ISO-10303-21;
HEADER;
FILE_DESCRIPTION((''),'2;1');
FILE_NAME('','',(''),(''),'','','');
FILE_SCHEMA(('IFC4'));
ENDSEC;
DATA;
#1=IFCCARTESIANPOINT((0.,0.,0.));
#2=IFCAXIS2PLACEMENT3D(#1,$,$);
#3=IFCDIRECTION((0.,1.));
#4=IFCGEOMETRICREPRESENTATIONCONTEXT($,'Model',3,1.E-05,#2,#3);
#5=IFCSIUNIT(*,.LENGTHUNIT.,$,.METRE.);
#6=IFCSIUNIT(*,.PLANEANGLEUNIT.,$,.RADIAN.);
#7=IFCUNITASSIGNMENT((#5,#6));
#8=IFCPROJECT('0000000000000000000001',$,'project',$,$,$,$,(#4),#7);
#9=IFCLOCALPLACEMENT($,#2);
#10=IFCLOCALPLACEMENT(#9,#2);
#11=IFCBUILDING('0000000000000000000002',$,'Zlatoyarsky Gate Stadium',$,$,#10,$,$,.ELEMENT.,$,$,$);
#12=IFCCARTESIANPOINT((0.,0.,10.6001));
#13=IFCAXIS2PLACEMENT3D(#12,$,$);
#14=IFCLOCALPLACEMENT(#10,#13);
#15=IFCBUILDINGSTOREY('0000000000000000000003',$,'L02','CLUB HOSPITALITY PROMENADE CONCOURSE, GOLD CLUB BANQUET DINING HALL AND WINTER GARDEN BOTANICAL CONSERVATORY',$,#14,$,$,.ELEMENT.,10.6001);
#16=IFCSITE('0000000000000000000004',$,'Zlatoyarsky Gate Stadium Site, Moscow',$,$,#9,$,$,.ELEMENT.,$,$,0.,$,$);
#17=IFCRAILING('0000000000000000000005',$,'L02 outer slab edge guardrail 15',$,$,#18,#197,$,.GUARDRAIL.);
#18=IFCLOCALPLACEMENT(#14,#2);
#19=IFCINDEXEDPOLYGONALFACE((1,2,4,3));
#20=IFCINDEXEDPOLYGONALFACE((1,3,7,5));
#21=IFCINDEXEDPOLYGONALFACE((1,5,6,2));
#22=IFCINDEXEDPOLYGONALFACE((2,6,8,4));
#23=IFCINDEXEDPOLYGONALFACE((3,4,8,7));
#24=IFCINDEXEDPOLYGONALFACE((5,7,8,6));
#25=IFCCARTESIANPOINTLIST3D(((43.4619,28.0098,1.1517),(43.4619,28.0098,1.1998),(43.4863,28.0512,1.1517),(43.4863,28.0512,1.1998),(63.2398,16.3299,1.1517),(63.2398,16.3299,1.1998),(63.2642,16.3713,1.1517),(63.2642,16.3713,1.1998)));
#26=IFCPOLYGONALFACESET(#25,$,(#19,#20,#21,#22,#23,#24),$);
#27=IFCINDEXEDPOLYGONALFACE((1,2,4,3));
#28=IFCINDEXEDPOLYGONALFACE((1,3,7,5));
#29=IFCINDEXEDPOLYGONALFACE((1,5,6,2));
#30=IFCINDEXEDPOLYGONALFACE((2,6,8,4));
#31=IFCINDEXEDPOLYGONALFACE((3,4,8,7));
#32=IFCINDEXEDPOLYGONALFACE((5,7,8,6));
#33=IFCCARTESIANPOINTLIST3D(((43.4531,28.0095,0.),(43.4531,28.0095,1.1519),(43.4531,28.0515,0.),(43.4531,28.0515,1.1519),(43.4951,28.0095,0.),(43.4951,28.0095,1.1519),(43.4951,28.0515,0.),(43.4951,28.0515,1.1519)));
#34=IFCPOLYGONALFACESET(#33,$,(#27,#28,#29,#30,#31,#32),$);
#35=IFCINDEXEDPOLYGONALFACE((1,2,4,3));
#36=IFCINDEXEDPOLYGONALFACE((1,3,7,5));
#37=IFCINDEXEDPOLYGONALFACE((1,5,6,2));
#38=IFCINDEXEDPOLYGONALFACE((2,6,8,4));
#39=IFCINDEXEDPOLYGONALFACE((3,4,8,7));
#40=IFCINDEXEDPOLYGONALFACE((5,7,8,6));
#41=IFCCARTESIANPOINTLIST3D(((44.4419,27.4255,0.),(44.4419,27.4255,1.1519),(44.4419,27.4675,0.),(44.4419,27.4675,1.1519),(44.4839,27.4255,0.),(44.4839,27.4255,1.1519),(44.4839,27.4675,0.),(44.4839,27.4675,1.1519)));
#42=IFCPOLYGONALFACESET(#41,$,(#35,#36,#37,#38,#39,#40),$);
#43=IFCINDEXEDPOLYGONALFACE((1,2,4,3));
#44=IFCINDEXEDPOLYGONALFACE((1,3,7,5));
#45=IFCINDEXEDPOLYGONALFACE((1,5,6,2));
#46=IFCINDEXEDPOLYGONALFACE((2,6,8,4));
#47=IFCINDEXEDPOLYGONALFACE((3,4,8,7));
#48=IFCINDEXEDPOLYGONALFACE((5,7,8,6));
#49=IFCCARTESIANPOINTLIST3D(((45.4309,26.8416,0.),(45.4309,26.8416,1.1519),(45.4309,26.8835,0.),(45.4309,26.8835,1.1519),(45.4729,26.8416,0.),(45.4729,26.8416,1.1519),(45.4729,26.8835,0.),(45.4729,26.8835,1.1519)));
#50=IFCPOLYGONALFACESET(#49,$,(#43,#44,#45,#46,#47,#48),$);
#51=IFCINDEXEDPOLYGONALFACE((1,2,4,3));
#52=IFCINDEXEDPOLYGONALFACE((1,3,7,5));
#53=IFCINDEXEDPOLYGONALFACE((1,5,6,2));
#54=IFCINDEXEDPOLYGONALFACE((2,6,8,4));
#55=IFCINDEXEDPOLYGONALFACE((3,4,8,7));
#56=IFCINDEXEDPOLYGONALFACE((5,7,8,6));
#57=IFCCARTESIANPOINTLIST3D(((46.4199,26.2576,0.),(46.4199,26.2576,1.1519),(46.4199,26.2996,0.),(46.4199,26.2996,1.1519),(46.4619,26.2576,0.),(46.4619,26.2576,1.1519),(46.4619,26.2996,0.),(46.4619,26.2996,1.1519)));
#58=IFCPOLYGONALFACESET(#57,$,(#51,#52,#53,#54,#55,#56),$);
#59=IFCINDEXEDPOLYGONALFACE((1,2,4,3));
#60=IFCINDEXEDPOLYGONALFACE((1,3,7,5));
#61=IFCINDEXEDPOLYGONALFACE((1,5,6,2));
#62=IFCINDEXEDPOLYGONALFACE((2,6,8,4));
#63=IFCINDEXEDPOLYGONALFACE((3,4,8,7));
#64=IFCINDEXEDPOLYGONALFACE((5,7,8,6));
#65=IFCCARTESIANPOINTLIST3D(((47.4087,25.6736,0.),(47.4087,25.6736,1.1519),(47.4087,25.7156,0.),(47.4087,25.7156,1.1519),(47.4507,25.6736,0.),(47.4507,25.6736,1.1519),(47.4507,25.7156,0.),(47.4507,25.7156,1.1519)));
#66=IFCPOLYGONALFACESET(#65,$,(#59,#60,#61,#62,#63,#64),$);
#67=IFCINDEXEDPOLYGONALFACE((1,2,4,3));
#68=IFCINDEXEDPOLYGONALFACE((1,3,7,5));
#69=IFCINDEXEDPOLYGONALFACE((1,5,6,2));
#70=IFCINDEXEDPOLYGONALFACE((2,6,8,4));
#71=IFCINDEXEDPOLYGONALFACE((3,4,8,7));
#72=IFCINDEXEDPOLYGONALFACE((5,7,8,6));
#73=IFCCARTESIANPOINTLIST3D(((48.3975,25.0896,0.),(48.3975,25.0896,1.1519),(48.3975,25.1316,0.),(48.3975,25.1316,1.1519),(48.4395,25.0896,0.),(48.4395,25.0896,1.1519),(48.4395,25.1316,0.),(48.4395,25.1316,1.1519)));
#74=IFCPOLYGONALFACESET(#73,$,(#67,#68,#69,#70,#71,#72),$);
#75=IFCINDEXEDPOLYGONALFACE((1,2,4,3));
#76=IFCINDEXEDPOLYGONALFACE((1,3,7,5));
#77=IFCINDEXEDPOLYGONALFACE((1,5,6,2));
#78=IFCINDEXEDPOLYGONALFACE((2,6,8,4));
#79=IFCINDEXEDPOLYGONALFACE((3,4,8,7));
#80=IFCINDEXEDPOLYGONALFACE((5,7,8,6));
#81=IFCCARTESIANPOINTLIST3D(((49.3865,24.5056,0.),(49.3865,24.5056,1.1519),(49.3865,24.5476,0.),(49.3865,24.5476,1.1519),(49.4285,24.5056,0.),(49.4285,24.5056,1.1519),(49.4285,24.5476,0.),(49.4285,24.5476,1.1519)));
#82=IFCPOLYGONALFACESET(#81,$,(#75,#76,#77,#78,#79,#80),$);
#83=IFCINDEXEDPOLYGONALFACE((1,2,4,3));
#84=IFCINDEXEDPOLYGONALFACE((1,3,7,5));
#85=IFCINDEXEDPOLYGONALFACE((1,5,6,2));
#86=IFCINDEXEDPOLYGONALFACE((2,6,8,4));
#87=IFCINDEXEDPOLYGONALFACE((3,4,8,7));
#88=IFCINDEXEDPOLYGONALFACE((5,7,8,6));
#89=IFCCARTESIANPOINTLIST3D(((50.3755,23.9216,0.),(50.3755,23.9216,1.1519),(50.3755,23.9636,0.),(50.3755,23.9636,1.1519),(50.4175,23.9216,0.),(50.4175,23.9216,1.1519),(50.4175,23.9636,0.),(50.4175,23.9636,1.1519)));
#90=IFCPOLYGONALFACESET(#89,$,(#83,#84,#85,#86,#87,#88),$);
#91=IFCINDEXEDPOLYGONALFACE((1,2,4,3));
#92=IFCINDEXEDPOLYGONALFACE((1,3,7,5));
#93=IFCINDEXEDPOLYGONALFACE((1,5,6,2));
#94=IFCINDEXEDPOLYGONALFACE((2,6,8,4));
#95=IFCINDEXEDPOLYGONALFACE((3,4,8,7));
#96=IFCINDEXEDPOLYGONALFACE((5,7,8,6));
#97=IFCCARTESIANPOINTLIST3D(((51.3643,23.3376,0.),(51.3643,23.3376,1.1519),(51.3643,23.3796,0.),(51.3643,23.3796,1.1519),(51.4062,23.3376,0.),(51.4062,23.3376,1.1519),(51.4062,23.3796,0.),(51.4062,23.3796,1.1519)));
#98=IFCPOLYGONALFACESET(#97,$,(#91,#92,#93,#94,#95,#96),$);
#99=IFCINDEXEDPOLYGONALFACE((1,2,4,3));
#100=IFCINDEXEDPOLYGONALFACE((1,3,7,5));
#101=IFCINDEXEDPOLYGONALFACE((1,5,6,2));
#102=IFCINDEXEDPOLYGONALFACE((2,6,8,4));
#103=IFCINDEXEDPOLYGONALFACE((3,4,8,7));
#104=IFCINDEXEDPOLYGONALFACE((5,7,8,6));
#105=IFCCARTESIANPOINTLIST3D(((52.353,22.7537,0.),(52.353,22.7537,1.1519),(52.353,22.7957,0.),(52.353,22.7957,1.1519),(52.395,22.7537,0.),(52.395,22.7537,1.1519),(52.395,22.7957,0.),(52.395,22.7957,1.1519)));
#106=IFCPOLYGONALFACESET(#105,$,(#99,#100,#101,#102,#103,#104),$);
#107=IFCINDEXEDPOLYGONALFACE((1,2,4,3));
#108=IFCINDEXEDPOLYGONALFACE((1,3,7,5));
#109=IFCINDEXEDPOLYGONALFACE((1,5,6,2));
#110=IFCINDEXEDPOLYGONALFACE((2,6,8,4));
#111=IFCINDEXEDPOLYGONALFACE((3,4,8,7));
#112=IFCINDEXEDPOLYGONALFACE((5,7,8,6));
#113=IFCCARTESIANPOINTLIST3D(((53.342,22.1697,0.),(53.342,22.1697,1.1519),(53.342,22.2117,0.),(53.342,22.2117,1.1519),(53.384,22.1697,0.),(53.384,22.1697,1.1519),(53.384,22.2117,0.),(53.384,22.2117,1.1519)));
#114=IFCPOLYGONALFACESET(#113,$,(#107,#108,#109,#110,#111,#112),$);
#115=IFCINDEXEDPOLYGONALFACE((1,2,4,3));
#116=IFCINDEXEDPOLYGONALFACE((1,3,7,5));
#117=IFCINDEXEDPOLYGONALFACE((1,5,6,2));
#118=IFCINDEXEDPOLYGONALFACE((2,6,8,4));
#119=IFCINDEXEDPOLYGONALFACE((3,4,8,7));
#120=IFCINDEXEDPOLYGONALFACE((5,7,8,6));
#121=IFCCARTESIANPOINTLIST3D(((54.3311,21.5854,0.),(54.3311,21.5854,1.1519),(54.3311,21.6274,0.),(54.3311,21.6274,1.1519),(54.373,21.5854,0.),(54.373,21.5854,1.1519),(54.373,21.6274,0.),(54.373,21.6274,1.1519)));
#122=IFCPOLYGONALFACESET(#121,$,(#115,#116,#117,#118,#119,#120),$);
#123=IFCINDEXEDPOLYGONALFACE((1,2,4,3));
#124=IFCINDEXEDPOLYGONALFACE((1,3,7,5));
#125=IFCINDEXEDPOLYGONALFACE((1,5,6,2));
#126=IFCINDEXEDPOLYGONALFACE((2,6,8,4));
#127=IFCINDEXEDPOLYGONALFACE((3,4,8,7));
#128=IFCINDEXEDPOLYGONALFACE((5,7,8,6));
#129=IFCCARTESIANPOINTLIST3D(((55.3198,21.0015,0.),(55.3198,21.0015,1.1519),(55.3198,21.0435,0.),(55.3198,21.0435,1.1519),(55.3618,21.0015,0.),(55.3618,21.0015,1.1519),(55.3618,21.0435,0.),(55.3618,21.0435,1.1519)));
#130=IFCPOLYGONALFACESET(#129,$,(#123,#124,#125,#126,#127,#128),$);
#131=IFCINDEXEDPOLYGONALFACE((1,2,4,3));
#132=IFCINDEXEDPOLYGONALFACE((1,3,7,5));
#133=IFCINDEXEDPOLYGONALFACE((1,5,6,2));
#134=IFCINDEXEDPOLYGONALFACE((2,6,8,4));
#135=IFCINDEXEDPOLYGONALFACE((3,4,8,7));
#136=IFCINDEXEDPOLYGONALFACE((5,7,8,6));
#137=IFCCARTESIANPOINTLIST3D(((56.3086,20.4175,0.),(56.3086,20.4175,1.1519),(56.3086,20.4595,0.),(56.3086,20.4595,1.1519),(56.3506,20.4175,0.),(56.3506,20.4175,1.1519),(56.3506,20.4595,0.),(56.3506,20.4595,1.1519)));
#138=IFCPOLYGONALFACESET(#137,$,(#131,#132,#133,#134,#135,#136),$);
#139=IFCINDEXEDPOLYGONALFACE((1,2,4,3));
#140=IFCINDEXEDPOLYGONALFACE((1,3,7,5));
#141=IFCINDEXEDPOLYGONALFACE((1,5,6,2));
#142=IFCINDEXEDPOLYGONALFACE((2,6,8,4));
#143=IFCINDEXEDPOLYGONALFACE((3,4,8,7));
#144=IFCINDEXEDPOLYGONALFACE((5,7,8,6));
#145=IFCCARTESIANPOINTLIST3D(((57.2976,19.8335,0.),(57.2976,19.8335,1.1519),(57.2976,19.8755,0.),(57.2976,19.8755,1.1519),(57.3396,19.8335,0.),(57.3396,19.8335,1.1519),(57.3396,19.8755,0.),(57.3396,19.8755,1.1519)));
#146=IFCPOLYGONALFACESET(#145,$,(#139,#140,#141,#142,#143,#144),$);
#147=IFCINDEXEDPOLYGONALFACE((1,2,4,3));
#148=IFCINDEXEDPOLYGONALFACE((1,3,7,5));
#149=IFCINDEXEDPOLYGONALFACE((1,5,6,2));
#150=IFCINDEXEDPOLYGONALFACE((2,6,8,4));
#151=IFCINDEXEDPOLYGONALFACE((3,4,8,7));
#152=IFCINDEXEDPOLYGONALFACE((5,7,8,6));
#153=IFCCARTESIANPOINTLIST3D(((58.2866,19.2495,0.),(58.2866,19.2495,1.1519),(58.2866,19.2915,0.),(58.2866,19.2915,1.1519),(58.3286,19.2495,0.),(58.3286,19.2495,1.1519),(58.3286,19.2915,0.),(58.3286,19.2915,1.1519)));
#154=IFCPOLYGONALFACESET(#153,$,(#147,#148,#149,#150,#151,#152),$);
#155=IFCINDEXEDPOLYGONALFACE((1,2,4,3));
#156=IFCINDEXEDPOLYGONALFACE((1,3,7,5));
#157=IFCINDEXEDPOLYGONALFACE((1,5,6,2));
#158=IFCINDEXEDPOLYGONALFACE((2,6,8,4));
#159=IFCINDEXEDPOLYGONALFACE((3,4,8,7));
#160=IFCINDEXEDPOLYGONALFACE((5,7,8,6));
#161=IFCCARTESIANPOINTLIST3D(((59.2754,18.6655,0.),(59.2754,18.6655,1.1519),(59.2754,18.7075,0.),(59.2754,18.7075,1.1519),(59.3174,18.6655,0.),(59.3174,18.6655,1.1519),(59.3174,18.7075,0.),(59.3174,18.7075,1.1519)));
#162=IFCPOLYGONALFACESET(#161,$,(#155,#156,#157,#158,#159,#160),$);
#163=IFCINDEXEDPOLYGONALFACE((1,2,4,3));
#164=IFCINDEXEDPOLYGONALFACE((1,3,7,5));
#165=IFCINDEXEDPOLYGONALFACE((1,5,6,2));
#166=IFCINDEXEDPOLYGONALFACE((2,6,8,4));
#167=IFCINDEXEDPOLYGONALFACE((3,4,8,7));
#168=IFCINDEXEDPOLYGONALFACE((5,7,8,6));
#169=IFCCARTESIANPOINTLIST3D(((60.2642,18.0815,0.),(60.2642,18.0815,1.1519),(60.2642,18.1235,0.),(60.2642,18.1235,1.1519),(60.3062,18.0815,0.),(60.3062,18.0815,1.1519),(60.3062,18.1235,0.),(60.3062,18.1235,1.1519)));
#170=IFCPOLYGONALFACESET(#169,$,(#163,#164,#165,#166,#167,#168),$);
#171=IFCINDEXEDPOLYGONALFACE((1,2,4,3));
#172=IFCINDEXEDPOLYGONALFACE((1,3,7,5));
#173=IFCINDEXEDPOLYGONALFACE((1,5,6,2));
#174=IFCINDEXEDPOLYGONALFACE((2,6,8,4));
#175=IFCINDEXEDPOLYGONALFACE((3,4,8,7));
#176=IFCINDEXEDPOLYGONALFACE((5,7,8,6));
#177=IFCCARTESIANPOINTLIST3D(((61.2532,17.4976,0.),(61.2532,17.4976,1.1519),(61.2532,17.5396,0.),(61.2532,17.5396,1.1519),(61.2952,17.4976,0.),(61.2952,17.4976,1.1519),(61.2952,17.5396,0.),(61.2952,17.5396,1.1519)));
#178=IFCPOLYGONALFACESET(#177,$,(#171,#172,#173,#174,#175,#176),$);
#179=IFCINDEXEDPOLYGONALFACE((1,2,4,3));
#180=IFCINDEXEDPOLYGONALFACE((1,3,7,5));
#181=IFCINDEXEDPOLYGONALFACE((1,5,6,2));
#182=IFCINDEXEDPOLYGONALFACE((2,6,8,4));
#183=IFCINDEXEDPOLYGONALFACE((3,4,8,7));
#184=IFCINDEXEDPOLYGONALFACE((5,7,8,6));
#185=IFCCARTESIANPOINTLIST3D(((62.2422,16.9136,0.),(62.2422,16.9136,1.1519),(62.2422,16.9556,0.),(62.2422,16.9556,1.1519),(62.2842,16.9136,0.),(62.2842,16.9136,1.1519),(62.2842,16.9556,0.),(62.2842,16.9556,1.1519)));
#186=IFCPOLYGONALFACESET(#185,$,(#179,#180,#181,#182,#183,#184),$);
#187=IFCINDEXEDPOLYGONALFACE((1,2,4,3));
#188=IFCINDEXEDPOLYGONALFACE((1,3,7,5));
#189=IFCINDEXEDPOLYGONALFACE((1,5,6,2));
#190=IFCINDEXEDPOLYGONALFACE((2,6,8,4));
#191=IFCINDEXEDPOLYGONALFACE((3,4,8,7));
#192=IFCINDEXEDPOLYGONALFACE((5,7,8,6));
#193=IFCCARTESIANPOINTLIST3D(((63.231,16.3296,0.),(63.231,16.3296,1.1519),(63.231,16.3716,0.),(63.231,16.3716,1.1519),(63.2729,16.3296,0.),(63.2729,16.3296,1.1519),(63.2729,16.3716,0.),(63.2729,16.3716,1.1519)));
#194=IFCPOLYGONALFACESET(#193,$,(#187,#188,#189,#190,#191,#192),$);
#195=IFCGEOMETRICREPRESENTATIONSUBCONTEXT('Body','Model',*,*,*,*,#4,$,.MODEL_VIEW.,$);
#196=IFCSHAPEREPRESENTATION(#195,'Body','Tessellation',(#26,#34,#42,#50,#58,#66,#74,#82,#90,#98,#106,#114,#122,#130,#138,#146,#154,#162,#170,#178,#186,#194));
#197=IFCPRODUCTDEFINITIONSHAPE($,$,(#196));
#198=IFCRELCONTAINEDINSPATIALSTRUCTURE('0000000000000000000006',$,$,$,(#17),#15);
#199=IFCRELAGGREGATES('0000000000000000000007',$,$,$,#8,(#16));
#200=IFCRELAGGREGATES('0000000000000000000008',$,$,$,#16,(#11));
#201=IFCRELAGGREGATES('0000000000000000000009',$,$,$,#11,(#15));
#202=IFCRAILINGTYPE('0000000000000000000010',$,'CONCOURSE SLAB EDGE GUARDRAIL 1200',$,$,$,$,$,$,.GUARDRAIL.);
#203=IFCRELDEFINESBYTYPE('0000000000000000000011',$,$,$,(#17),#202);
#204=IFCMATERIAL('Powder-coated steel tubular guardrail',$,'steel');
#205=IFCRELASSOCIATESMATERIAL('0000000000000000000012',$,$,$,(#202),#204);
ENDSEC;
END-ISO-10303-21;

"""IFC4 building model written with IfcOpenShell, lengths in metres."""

from ifc_helpers import new_model, si_unit, direction, frame, origin, origin_2d, place, context, subcontext, project, spatial, rectangle, extrude, material, type_object, element, save


model = new_model("IFC4")

# Units and contexts
model_context = context("Model", 3, precision=1e-05, world=origin(), true_north=direction((0.0, 1.0)))
body_context = subcontext(model_context, "Body", "Model", "MODEL_VIEW")
ifc_project = project(units=[si_unit("LENGTHUNIT", "METRE"), si_unit("PLANEANGLEUNIT", "RADIAN")], contexts=[model_context])

# Site, building, storey
site_placement = place(None, origin())
site = spatial("IfcSite", under=ifc_project, at=site_placement, Name="Zlatoyarsky Gate Stadium Site, Moscow", CompositionType="ELEMENT", RefElevation=0.0)
building_placement = place(site_placement, origin())
building = spatial("IfcBuilding", under=site, at=building_placement, Name="Zlatoyarsky Gate Stadium", CompositionType="ELEMENT")
storey_placement = place(building_placement, frame((0.0, 0.0, 10.6001)))
storey = spatial("IfcBuildingStorey", under=building, at=storey_placement, Name="L02", Description="CLUB HOSPITALITY PROMENADE CONCOURSE, GOLD CLUB BANQUET DINING HALL AND WINTER GARDEN BOTANICAL CONSERVATORY", CompositionType="ELEMENT", Elevation=10.6001)

# Railing
ifc_material_1 = material(Name="Powder-coated steel tubular guardrail", Category="steel")
railing_type = type_object("IfcRailingType", Name="CONCOURSE SLAB EDGE GUARDRAIL 1200", PredefinedType="GUARDRAIL", material=ifc_material_1)
railing_placement = place(storey_placement, frame((43.4741, 28.0305, 0.0)))
element("IfcRailing", 1, at=railing_placement, inside=storey, type_object=railing_type, Name="L02 outer slab edge guardrail 15", PredefinedType="GUARDRAIL", context=body_context, shape_type="SweptSolid", body=[
    extrude(rectangle(XDim=0.0481, YDim=0.0481, at=origin_2d()), frame((0.0, 0.0, 1.1758), z_axis=(0.861059, -0.508504, 0.0), x_axis=(0.508504, 0.861059, 0.0)), (0.0, 0.0, 1.0), 22.9692),
    extrude(rectangle(XDim=0.042, YDim=0.042, at=origin_2d()), origin(), (0.0, 0.0, 1.0), 1.1519),
    extrude(rectangle(XDim=0.042, YDim=0.042, at=origin_2d()), frame((0.9888, -0.584, 0.0)), (0.0, 0.0, 1.0), 1.1519),
    extrude(rectangle(XDim=0.042, YDim=0.042, at=origin_2d()), frame((1.9778, -1.168, 0.0)), (0.0, 0.0, 1.0), 1.1519),
    extrude(rectangle(XDim=0.042, YDim=0.042, at=origin_2d()), frame((2.9668, -1.752, 0.0)), (0.0, 0.0, 1.0), 1.1519),
    extrude(rectangle(XDim=0.042, YDim=0.042, at=origin_2d()), frame((3.9556, -2.3359, 0.0)), (0.0, 0.0, 1.0), 1.1519),
    extrude(rectangle(XDim=0.042, YDim=0.042, at=origin_2d()), frame((4.9443, -2.9199, 0.0)), (0.0, 0.0, 1.0), 1.1519),
    extrude(rectangle(XDim=0.042, YDim=0.042, at=origin_2d()), frame((5.9333, -3.5039, 0.0)), (0.0, 0.0, 1.0), 1.1519),
    extrude(rectangle(XDim=0.042, YDim=0.042, at=origin_2d()), frame((6.9224, -4.0879, 0.0)), (0.0, 0.0, 1.0), 1.1519),
    extrude(rectangle(XDim=0.042, YDim=0.042, at=origin_2d()), frame((7.9111, -4.6719, 0.0)), (0.0, 0.0, 1.0), 1.1519),
    extrude(rectangle(XDim=0.042, YDim=0.042, at=origin_2d()), frame((8.8999, -5.2559, 0.0)), (0.0, 0.0, 1.0), 1.1519),
    extrude(rectangle(XDim=0.042, YDim=0.042, at=origin_2d()), frame((9.8889, -5.8398, 0.0)), (0.0, 0.0, 1.0), 1.1519),
    extrude(rectangle(XDim=0.042, YDim=0.042, at=origin_2d()), frame((10.8779, -6.4241, 0.0)), (0.0, 0.0, 1.0), 1.1519),
    extrude(rectangle(XDim=0.042, YDim=0.042, at=origin_2d()), frame((11.8667, -7.0081, 0.0)), (0.0, 0.0, 1.0), 1.1519),
    extrude(rectangle(XDim=0.042, YDim=0.042, at=origin_2d()), frame((12.8555, -7.592, 0.0)), (0.0, 0.0, 1.0), 1.1519),
    extrude(rectangle(XDim=0.042, YDim=0.042, at=origin_2d()), frame((13.8445, -8.176, 0.0)), (0.0, 0.0, 1.0), 1.1519),
    extrude(rectangle(XDim=0.042, YDim=0.042, at=origin_2d()), frame((14.8335, -8.76, 0.0)), (0.0, 0.0, 1.0), 1.1519),
    extrude(rectangle(XDim=0.042, YDim=0.042, at=origin_2d()), frame((15.8223, -9.344, 0.0)), (0.0, 0.0, 1.0), 1.1519),
    extrude(rectangle(XDim=0.042, YDim=0.042, at=origin_2d()), frame((16.811, -9.928, 0.0)), (0.0, 0.0, 1.0), 1.1519),
    extrude(rectangle(XDim=0.042, YDim=0.042, at=origin_2d()), frame((17.8, -10.512, 0.0)), (0.0, 0.0, 1.0), 1.1519),
    extrude(rectangle(XDim=0.042, YDim=0.042, at=origin_2d()), frame((18.7891, -11.0959, 0.0)), (0.0, 0.0, 1.0), 1.1519),
    extrude(rectangle(XDim=0.042, YDim=0.042, at=origin_2d()), frame((19.7778, -11.6799, 0.0)), (0.0, 0.0, 1.0), 1.1519),
])

save(model, "model.ifc")
